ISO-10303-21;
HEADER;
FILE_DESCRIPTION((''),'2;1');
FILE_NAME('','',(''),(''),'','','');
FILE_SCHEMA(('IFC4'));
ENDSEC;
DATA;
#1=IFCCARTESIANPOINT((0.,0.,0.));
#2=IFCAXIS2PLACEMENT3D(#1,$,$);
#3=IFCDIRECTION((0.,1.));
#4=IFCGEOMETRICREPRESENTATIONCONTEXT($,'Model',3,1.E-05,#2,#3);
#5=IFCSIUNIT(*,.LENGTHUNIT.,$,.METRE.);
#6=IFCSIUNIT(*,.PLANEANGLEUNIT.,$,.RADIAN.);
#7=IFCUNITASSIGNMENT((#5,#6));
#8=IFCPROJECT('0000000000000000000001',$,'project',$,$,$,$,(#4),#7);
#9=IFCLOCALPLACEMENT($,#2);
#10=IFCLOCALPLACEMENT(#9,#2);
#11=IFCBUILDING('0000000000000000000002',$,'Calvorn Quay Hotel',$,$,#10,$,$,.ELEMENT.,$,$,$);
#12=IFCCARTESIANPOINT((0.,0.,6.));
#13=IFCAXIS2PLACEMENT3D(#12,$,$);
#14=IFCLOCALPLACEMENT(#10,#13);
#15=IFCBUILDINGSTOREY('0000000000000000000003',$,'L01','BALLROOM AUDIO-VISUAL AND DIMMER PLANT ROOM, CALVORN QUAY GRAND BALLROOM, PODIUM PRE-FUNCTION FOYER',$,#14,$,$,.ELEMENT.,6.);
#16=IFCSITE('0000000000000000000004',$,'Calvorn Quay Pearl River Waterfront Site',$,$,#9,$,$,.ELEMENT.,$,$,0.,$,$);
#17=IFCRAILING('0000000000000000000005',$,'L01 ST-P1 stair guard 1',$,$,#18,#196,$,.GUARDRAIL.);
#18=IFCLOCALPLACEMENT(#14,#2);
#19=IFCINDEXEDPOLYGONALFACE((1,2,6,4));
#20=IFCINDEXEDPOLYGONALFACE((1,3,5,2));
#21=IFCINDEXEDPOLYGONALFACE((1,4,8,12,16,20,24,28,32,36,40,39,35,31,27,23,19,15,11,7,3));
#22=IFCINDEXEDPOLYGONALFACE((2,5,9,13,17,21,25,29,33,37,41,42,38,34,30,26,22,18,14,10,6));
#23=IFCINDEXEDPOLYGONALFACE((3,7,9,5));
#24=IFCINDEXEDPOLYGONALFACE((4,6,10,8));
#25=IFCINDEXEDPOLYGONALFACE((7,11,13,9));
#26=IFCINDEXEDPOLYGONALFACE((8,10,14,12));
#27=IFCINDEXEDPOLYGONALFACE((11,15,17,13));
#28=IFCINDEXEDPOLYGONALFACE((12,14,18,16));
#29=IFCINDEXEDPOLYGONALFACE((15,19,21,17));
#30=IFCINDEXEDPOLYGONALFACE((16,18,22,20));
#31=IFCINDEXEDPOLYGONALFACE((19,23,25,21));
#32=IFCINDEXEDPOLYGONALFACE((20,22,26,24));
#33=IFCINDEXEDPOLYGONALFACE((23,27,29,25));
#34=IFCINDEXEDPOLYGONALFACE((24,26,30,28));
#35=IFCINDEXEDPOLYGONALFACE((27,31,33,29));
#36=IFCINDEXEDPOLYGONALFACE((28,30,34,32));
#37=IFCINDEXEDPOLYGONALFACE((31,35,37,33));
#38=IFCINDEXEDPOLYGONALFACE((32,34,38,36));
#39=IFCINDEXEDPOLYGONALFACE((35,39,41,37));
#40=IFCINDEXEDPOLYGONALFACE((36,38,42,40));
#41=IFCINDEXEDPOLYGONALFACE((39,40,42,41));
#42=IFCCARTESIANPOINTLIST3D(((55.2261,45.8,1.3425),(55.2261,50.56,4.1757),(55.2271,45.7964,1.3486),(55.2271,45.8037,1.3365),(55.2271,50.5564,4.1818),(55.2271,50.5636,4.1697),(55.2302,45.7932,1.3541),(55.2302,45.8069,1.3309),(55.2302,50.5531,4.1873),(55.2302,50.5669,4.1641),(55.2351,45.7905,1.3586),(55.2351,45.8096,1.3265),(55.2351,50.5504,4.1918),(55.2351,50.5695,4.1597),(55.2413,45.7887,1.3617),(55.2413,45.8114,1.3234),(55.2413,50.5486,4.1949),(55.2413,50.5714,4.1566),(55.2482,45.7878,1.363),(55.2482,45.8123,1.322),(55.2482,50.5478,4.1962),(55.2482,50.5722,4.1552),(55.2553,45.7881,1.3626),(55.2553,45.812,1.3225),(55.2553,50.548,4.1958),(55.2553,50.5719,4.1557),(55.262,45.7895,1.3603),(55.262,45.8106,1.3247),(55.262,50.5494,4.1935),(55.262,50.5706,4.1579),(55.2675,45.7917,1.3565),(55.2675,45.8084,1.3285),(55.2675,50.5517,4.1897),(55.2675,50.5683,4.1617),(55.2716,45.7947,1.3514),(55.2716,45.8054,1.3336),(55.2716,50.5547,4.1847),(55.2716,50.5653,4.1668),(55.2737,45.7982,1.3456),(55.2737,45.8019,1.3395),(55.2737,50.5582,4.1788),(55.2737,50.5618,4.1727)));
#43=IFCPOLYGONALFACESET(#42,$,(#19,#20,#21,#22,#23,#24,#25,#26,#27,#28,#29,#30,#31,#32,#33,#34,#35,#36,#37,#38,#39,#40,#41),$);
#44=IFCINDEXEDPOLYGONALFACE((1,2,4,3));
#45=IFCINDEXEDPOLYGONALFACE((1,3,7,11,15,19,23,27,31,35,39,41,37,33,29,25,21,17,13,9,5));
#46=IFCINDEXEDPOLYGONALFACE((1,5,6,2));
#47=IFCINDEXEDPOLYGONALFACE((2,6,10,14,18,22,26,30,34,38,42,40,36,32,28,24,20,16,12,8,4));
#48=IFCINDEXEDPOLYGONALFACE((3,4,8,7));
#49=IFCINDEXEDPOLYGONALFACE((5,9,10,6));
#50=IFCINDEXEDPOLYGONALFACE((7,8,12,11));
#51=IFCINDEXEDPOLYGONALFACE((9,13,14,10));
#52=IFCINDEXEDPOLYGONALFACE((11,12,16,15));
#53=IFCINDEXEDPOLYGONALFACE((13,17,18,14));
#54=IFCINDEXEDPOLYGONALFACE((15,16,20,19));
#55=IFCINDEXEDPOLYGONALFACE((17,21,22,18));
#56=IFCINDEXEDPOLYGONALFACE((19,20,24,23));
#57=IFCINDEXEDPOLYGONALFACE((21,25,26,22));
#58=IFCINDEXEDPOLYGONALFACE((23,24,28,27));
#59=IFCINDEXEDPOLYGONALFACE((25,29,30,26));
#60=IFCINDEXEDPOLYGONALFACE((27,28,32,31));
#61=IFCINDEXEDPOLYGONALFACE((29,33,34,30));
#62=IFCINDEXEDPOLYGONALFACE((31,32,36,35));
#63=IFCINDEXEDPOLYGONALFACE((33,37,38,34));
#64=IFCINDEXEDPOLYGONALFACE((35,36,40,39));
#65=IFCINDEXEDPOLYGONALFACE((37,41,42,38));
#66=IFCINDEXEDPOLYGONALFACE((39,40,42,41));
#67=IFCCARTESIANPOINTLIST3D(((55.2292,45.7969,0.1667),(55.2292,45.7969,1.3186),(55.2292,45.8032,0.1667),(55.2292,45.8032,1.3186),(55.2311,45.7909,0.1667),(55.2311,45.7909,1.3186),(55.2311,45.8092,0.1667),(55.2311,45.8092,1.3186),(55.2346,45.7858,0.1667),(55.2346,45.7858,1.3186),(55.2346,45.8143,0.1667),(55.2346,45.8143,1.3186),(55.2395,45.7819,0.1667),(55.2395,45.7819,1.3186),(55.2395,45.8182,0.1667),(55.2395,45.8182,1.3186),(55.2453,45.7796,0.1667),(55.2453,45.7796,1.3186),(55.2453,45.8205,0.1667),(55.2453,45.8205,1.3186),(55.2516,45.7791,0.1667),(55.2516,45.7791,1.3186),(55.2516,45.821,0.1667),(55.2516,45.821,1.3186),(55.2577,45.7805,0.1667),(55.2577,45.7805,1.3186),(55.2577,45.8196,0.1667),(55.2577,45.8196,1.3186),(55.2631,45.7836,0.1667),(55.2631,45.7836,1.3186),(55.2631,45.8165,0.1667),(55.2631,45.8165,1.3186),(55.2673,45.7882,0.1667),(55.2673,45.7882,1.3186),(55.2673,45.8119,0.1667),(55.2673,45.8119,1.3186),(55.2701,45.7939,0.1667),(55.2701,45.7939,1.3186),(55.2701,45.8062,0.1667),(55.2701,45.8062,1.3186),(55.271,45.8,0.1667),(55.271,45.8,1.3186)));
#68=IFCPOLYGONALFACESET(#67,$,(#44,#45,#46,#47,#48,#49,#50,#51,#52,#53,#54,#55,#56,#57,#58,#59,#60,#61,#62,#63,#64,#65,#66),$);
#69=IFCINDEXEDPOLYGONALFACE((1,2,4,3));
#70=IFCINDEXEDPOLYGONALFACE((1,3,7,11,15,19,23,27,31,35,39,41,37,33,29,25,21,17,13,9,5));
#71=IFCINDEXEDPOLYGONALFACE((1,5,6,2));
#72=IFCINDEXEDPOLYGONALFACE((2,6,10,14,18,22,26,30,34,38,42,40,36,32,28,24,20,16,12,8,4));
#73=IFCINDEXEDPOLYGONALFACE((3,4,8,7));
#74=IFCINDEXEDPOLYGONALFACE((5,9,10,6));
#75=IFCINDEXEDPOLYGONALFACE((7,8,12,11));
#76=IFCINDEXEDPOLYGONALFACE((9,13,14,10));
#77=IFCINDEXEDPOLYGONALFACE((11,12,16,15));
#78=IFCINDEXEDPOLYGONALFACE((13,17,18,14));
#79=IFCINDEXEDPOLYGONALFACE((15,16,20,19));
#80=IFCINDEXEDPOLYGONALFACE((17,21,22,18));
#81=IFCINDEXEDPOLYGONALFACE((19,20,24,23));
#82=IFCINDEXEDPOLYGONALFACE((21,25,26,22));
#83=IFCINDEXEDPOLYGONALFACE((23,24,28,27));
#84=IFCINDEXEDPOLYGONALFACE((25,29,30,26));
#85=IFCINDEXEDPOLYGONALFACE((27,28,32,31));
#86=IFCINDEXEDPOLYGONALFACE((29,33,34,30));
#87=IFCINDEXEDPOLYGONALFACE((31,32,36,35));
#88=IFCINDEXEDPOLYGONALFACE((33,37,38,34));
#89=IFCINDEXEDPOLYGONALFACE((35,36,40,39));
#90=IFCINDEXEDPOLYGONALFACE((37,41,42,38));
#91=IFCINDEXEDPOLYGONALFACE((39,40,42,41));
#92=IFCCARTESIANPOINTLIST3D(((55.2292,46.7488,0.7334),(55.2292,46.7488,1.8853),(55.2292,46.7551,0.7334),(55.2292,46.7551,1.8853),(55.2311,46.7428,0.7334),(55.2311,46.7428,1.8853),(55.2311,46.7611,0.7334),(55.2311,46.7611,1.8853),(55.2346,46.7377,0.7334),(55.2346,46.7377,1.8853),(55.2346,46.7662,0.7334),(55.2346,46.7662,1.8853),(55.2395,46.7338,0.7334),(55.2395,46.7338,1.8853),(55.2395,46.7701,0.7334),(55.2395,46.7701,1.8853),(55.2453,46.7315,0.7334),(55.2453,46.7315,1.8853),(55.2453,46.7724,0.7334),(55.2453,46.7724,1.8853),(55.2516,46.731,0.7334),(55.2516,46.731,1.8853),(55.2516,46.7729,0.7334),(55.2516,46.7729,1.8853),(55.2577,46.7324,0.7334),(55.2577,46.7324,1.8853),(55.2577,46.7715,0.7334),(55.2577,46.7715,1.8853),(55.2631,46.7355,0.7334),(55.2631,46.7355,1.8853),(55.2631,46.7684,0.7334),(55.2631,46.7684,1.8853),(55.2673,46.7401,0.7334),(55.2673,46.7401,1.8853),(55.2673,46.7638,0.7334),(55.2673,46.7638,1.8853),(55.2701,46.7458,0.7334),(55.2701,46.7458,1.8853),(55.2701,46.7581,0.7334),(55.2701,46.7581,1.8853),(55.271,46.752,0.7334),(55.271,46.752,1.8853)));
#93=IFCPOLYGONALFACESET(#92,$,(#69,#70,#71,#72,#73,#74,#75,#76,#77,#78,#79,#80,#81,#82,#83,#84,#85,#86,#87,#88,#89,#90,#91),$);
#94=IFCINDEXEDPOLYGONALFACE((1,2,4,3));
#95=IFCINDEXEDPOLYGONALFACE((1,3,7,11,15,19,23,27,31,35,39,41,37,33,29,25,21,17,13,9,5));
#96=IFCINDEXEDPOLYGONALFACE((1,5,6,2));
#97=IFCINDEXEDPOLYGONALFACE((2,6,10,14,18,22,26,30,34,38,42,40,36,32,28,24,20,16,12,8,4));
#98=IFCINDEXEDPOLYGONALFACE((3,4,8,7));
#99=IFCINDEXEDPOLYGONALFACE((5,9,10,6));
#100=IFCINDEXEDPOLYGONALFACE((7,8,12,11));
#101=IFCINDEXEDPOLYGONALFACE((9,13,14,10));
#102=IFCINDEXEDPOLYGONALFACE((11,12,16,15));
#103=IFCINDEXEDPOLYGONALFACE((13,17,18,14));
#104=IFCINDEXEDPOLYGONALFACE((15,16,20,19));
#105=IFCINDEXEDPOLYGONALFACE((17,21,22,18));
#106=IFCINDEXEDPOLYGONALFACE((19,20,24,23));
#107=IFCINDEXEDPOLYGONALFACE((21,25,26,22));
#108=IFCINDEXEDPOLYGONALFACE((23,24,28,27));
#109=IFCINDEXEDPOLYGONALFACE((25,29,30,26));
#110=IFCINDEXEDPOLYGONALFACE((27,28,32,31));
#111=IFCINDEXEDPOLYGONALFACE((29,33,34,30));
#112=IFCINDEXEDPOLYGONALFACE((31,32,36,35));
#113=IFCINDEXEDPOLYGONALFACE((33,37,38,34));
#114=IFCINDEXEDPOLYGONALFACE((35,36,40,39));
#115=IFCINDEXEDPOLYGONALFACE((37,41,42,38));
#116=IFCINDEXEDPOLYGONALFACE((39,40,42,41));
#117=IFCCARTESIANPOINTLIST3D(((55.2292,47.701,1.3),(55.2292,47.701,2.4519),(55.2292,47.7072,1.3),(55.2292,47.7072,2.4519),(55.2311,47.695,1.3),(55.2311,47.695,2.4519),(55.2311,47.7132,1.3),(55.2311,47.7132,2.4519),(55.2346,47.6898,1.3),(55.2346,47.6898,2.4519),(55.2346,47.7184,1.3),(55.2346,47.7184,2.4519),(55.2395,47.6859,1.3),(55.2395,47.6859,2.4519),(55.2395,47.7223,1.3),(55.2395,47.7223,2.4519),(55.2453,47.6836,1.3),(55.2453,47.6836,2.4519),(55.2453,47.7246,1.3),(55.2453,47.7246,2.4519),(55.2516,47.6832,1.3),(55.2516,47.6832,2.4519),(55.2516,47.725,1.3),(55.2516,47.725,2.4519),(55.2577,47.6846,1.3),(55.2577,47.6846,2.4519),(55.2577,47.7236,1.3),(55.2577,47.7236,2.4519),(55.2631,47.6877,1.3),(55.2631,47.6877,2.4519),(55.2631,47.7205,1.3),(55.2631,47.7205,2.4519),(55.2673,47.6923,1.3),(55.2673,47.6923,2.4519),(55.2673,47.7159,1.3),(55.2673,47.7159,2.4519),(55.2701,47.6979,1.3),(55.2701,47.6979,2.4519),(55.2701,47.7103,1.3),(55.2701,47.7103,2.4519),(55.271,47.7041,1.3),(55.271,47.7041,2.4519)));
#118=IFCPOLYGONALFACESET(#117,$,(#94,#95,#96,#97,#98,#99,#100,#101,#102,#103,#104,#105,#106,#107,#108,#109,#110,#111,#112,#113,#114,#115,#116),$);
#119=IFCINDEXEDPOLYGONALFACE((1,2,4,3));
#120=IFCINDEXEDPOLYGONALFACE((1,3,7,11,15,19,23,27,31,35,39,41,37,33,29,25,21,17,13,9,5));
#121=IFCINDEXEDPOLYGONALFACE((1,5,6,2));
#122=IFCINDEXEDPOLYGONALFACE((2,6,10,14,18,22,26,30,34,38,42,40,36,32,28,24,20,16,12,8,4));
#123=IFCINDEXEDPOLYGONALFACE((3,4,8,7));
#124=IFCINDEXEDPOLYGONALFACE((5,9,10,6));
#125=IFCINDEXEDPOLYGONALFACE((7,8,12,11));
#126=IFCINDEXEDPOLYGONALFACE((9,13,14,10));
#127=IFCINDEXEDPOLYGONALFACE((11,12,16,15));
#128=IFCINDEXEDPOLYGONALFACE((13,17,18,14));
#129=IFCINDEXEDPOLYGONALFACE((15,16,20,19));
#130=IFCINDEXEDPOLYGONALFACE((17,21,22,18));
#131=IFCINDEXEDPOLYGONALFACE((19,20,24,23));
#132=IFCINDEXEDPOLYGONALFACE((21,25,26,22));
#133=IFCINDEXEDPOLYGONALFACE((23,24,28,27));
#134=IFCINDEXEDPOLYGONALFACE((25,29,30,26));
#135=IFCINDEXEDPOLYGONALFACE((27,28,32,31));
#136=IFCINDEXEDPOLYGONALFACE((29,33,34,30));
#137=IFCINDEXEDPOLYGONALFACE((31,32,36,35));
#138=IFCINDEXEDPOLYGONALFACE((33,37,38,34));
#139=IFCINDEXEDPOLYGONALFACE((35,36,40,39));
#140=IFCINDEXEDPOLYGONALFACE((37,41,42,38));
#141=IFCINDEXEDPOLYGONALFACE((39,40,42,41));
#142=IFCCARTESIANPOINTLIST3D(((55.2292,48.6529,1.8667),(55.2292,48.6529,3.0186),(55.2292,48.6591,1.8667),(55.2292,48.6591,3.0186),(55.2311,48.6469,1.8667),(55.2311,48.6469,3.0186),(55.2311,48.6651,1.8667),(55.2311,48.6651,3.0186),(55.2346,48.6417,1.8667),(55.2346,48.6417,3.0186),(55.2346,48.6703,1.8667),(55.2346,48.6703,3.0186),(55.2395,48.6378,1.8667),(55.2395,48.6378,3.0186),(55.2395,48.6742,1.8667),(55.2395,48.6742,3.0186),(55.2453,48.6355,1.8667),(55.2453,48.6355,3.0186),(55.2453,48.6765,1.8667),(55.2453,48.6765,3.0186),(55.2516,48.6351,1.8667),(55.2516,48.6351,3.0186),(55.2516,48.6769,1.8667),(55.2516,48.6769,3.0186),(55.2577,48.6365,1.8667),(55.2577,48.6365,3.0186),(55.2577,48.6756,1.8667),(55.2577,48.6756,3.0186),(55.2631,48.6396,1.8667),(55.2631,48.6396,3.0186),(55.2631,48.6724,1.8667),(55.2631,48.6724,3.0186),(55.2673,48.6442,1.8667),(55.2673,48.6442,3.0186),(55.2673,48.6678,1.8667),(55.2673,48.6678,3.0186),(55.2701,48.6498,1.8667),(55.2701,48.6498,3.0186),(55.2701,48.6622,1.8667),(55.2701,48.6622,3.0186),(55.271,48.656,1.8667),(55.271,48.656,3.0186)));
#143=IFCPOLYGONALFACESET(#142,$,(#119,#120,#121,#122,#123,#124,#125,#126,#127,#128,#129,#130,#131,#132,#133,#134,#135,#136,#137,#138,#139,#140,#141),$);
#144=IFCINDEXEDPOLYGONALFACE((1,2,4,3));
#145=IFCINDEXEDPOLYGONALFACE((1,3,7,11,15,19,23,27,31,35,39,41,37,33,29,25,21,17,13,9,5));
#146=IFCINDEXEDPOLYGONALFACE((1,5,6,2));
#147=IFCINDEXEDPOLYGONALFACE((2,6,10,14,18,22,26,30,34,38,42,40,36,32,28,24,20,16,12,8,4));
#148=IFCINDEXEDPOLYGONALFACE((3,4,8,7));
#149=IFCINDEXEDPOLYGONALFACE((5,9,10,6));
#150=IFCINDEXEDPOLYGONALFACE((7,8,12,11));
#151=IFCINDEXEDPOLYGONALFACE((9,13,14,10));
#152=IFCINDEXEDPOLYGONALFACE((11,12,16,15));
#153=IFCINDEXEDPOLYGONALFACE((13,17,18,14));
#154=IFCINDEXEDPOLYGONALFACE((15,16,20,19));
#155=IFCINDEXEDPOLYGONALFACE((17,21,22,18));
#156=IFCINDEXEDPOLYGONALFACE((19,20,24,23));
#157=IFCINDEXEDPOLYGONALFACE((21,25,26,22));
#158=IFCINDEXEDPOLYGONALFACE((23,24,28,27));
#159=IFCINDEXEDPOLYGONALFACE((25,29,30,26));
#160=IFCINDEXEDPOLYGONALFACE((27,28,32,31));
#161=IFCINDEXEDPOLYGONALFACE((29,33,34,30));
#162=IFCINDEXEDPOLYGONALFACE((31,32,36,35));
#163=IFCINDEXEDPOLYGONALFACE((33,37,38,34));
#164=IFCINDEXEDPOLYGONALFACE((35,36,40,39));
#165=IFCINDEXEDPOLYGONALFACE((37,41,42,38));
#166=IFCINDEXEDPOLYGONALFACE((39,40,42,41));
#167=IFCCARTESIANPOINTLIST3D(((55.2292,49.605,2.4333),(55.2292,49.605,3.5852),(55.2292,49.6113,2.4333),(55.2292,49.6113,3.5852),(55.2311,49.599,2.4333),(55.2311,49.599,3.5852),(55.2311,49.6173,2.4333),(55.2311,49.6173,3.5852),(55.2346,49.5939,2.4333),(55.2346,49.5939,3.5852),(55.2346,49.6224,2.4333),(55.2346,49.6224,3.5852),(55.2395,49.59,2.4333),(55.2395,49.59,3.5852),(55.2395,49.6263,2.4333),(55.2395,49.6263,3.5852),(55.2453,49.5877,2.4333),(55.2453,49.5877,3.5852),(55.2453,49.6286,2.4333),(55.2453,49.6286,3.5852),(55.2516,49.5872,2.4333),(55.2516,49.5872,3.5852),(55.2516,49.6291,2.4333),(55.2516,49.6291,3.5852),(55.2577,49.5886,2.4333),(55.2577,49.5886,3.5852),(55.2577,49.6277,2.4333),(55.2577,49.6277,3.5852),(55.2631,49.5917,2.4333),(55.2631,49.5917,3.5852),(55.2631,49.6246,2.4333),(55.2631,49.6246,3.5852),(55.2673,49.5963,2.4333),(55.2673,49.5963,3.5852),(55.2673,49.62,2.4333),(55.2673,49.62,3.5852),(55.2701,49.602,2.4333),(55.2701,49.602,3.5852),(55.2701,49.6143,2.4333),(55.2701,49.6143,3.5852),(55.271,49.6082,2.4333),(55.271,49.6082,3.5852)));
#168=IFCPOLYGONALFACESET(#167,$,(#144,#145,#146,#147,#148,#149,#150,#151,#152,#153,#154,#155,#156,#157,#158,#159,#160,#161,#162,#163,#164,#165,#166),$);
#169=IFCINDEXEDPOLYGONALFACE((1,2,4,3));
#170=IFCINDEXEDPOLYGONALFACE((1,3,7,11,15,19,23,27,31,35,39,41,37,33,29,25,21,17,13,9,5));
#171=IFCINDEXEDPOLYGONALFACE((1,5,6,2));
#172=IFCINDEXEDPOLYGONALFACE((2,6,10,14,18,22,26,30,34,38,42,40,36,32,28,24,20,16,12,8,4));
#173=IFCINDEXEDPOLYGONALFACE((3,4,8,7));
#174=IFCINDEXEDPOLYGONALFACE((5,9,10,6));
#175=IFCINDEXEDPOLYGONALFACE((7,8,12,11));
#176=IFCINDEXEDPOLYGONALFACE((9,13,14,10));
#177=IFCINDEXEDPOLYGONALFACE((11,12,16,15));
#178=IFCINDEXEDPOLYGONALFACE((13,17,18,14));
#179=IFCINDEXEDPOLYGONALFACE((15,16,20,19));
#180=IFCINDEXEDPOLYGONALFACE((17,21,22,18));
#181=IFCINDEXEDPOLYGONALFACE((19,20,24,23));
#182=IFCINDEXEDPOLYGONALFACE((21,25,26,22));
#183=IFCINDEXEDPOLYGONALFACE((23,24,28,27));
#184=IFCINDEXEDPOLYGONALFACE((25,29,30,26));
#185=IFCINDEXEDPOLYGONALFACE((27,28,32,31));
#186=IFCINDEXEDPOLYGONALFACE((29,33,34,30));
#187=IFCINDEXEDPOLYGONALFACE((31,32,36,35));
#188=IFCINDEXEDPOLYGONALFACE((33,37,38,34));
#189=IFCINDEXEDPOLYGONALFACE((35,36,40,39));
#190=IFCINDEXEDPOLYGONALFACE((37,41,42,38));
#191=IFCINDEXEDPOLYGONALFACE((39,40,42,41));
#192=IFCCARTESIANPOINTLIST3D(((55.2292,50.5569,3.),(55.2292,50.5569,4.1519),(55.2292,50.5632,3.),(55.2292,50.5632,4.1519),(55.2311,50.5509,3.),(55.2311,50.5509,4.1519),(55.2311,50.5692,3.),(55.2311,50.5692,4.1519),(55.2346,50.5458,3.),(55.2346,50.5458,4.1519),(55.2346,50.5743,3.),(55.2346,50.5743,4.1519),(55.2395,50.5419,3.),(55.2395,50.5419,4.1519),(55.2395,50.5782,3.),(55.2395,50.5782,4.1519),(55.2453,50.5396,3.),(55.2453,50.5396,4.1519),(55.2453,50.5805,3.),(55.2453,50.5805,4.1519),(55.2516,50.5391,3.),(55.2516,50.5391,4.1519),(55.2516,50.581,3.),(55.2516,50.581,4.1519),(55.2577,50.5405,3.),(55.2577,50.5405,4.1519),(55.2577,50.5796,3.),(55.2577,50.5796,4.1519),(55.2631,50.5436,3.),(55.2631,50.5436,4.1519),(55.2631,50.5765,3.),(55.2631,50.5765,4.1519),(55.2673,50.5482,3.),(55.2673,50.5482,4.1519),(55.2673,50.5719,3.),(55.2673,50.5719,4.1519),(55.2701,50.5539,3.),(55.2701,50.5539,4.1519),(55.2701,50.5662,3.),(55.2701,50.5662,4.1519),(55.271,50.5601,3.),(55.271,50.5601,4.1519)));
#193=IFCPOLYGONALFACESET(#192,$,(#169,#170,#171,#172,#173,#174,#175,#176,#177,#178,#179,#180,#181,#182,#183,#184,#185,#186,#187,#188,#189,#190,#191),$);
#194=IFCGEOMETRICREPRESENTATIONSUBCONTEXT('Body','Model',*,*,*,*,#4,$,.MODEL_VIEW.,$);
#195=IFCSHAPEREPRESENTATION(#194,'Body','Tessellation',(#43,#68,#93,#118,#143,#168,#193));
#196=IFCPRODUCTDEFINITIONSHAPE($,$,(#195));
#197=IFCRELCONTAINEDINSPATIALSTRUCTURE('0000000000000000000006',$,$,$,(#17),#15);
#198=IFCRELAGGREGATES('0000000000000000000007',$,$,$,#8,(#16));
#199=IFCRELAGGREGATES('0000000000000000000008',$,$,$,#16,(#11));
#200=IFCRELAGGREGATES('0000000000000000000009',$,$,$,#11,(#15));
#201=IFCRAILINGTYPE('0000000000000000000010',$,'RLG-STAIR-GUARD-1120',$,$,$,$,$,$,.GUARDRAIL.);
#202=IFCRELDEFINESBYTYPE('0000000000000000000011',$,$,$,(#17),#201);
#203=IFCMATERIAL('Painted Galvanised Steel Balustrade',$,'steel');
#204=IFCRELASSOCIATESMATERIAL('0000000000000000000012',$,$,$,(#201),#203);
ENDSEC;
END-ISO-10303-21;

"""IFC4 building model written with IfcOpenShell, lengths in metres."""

from ifc_helpers import new_model, si_unit, direction, frame, origin, origin_2d, place, context, subcontext, project, spatial, circle, extrude, material, type_object, element, save


model = new_model("IFC4")

# Units and contexts
model_context = context("Model", 3, precision=1e-05, world=origin(), true_north=direction((0.0, 1.0)))
body_context = subcontext(model_context, "Body", "Model", "MODEL_VIEW")
ifc_project = project(units=[si_unit("LENGTHUNIT", "METRE"), si_unit("PLANEANGLEUNIT", "RADIAN")], contexts=[model_context])

# Site, building, storey
site_placement = place(None, origin())
site = spatial("IfcSite", under=ifc_project, at=site_placement, Name="Calvorn Quay Pearl River Waterfront Site", CompositionType="ELEMENT", RefElevation=0.0)
building_placement = place(site_placement, origin())
building = spatial("IfcBuilding", under=site, at=building_placement, Name="Calvorn Quay Hotel", CompositionType="ELEMENT")
storey_placement = place(building_placement, frame((0.0, 0.0, 6.0)))
storey = spatial("IfcBuildingStorey", under=building, at=storey_placement, Name="L01", Description="BALLROOM AUDIO-VISUAL AND DIMMER PLANT ROOM, CALVORN QUAY GRAND BALLROOM, PODIUM PRE-FUNCTION FOYER", CompositionType="ELEMENT", Elevation=6.0)

# Railing
ifc_material_1 = material(Name="Painted Galvanised Steel Balustrade", Category="steel")
railing_type_1 = type_object("IfcRailingType", Name="RLG-STAIR-GUARD-1120", PredefinedType="GUARDRAIL", material=ifc_material_1)
railing_1_placement = place(storey_placement, frame((55.25, 45.8, 0.1667)))
element("IfcRailing", 1, at=railing_1_placement, inside=storey, type_object=railing_type_1, Name="L01 ST-P1 stair guard 1", PredefinedType="GUARDRAIL", context=body_context, shape_type="SweptSolid", body=[
    extrude(circle(Radius=0.0239, at=origin_2d()), frame((0.0, 0.0, 1.1758), z_axis=(0.0, 0.8593, 0.511472), x_axis=(-1.0, 0.0, 0.0)), (0.0, 0.0, 1.0), 5.5393),
    extrude(circle(Radius=0.021, at=origin_2d()), origin(), (0.0, 0.0, 1.0), 1.1519),
    extrude(circle(Radius=0.021, at=origin_2d()), frame((0.0, 0.9519, 0.5667)), (0.0, 0.0, 1.0), 1.1519),
    extrude(circle(Radius=0.021, at=origin_2d()), frame((0.0, 1.9041, 1.1333)), (0.0, 0.0, 1.0), 1.1519),
    extrude(circle(Radius=0.021, at=origin_2d()), frame((0.0, 2.856, 1.7)), (0.0, 0.0, 1.0), 1.1519),
    extrude(circle(Radius=0.021, at=origin_2d()), frame((0.0, 3.8081, 2.2666)), (0.0, 0.0, 1.0), 1.1519),
    extrude(circle(Radius=0.021, at=origin_2d()), frame((0.0, 4.76, 2.8333)), (0.0, 0.0, 1.0), 1.1519),
])

save(model, "model.ifc")
